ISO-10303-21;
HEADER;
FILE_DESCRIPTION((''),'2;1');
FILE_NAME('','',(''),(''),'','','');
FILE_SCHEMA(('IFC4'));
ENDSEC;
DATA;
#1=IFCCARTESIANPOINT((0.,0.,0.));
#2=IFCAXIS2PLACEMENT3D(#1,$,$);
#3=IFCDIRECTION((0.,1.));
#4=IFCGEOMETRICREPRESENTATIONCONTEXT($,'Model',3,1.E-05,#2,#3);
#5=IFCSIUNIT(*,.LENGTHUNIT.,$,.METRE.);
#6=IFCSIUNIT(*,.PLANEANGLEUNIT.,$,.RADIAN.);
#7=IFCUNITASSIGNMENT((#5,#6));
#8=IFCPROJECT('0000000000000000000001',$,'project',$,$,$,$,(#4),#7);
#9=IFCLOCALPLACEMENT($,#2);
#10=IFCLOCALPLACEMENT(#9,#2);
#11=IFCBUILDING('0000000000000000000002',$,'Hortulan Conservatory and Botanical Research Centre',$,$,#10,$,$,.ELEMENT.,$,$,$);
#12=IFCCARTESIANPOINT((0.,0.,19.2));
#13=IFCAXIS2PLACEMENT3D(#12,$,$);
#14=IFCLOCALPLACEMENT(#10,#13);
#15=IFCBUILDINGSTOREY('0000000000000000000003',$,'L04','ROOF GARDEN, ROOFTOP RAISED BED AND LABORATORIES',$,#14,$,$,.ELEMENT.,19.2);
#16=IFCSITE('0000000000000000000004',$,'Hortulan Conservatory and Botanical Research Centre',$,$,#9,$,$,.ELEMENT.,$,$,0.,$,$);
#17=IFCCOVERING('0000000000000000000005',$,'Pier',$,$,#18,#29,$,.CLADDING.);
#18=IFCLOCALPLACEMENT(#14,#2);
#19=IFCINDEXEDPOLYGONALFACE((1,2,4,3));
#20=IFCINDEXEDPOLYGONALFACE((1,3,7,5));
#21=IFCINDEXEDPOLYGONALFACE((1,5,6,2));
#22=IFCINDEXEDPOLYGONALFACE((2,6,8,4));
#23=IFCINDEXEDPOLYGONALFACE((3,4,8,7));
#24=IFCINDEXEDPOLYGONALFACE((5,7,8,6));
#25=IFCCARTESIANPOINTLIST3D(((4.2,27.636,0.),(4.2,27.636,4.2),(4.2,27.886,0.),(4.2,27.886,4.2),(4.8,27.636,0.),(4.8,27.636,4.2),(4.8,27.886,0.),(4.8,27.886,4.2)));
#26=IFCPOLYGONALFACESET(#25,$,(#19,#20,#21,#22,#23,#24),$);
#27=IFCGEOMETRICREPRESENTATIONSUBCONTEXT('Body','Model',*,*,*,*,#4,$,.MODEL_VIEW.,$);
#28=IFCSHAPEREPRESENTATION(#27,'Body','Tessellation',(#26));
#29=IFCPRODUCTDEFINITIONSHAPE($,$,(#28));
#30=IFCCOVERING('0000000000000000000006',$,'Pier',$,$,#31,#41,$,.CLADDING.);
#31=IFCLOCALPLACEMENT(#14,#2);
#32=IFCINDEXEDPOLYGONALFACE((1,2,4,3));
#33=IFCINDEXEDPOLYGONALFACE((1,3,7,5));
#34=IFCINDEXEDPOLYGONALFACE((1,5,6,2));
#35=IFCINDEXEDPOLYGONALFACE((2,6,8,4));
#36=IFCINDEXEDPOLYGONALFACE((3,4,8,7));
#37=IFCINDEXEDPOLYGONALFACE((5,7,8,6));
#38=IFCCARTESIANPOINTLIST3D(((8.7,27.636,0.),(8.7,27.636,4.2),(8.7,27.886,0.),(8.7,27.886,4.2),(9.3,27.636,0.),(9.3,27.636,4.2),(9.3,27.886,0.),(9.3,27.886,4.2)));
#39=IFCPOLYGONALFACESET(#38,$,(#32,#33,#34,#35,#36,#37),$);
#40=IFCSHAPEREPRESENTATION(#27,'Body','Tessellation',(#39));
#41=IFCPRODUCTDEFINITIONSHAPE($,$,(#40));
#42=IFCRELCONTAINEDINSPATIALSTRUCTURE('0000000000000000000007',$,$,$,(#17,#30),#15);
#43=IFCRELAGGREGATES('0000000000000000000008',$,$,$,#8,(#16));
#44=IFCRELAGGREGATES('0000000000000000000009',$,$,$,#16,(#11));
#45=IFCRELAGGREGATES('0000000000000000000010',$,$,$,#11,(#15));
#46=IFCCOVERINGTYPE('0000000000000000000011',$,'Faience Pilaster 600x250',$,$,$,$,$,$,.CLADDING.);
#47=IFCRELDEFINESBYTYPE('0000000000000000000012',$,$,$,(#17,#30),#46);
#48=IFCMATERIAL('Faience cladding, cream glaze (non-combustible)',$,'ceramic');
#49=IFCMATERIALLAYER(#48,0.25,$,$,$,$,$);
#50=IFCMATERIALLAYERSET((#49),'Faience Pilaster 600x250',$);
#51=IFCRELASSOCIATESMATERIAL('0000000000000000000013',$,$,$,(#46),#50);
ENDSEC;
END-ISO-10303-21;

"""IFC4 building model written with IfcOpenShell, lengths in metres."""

from ifc_helpers import new_model, si_unit, direction, frame, origin, origin_2d, place, context, subcontext, project, spatial, rectangle, extrude, material, layer, layer_set, type_object, element, save


model = new_model("IFC4")

# Units and contexts
model_context = context("Model", 3, precision=1e-05, world=origin(), true_north=direction((0.0, 1.0)))
body_context = subcontext(model_context, "Body", "Model", "MODEL_VIEW")
ifc_project = project(units=[si_unit("LENGTHUNIT", "METRE"), si_unit("PLANEANGLEUNIT", "RADIAN")], contexts=[model_context])

# Site, building, storey
site_placement = place(None, origin())
site = spatial("IfcSite", under=ifc_project, at=site_placement, Name="Hortulan Conservatory and Botanical Research Centre", CompositionType="ELEMENT", RefElevation=0.0)
building_placement = place(site_placement, origin())
building = spatial("IfcBuilding", under=site, at=building_placement, Name="Hortulan Conservatory and Botanical Research Centre", CompositionType="ELEMENT")
storey_placement = place(building_placement, frame((0.0, 0.0, 19.2)))
storey = spatial("IfcBuildingStorey", under=building, at=storey_placement, Name="L04", Description="ROOF GARDEN, ROOFTOP RAISED BED AND LABORATORIES", CompositionType="ELEMENT", Elevation=19.2)

# Coverings
ifc_material_1 = material(Name="Faience cladding, cream glaze (non-combustible)", Category="ceramic")
ifc_layer_1 = layer(ifc_material_1, 0.25)
ifc_layer_set_1 = layer_set([ifc_layer_1], Name="Faience Pilaster 600x250")
covering_type = type_object("IfcCoveringType", Name="Faience Pilaster 600x250", PredefinedType="CLADDING", material=ifc_layer_set_1)
for number, where, z_axis, x_axis, name in (
    (1, (4.5, 27.761, 0.0), (0.0, 0.0, 1.0), (1.0, 0.0, 0.0), "Pier"),
    (2, (9.0, 27.761, 0.0), (0.0, 0.0, 1.0), (1.0, 0.0, 0.0), "Pier"),
):
    element("IfcCovering", number, at=place(storey_placement, frame(where, z_axis=z_axis, x_axis=x_axis)), inside=storey, type_object=covering_type, Name=name, PredefinedType="CLADDING", context=body_context, shape_type="SweptSolid", body=[
        extrude(rectangle(XDim=0.6001, YDim=0.25, at=origin_2d()), origin(), (0.0, 0.0, 1.0), 4.2),
    ])

save(model, "model.ifc")
